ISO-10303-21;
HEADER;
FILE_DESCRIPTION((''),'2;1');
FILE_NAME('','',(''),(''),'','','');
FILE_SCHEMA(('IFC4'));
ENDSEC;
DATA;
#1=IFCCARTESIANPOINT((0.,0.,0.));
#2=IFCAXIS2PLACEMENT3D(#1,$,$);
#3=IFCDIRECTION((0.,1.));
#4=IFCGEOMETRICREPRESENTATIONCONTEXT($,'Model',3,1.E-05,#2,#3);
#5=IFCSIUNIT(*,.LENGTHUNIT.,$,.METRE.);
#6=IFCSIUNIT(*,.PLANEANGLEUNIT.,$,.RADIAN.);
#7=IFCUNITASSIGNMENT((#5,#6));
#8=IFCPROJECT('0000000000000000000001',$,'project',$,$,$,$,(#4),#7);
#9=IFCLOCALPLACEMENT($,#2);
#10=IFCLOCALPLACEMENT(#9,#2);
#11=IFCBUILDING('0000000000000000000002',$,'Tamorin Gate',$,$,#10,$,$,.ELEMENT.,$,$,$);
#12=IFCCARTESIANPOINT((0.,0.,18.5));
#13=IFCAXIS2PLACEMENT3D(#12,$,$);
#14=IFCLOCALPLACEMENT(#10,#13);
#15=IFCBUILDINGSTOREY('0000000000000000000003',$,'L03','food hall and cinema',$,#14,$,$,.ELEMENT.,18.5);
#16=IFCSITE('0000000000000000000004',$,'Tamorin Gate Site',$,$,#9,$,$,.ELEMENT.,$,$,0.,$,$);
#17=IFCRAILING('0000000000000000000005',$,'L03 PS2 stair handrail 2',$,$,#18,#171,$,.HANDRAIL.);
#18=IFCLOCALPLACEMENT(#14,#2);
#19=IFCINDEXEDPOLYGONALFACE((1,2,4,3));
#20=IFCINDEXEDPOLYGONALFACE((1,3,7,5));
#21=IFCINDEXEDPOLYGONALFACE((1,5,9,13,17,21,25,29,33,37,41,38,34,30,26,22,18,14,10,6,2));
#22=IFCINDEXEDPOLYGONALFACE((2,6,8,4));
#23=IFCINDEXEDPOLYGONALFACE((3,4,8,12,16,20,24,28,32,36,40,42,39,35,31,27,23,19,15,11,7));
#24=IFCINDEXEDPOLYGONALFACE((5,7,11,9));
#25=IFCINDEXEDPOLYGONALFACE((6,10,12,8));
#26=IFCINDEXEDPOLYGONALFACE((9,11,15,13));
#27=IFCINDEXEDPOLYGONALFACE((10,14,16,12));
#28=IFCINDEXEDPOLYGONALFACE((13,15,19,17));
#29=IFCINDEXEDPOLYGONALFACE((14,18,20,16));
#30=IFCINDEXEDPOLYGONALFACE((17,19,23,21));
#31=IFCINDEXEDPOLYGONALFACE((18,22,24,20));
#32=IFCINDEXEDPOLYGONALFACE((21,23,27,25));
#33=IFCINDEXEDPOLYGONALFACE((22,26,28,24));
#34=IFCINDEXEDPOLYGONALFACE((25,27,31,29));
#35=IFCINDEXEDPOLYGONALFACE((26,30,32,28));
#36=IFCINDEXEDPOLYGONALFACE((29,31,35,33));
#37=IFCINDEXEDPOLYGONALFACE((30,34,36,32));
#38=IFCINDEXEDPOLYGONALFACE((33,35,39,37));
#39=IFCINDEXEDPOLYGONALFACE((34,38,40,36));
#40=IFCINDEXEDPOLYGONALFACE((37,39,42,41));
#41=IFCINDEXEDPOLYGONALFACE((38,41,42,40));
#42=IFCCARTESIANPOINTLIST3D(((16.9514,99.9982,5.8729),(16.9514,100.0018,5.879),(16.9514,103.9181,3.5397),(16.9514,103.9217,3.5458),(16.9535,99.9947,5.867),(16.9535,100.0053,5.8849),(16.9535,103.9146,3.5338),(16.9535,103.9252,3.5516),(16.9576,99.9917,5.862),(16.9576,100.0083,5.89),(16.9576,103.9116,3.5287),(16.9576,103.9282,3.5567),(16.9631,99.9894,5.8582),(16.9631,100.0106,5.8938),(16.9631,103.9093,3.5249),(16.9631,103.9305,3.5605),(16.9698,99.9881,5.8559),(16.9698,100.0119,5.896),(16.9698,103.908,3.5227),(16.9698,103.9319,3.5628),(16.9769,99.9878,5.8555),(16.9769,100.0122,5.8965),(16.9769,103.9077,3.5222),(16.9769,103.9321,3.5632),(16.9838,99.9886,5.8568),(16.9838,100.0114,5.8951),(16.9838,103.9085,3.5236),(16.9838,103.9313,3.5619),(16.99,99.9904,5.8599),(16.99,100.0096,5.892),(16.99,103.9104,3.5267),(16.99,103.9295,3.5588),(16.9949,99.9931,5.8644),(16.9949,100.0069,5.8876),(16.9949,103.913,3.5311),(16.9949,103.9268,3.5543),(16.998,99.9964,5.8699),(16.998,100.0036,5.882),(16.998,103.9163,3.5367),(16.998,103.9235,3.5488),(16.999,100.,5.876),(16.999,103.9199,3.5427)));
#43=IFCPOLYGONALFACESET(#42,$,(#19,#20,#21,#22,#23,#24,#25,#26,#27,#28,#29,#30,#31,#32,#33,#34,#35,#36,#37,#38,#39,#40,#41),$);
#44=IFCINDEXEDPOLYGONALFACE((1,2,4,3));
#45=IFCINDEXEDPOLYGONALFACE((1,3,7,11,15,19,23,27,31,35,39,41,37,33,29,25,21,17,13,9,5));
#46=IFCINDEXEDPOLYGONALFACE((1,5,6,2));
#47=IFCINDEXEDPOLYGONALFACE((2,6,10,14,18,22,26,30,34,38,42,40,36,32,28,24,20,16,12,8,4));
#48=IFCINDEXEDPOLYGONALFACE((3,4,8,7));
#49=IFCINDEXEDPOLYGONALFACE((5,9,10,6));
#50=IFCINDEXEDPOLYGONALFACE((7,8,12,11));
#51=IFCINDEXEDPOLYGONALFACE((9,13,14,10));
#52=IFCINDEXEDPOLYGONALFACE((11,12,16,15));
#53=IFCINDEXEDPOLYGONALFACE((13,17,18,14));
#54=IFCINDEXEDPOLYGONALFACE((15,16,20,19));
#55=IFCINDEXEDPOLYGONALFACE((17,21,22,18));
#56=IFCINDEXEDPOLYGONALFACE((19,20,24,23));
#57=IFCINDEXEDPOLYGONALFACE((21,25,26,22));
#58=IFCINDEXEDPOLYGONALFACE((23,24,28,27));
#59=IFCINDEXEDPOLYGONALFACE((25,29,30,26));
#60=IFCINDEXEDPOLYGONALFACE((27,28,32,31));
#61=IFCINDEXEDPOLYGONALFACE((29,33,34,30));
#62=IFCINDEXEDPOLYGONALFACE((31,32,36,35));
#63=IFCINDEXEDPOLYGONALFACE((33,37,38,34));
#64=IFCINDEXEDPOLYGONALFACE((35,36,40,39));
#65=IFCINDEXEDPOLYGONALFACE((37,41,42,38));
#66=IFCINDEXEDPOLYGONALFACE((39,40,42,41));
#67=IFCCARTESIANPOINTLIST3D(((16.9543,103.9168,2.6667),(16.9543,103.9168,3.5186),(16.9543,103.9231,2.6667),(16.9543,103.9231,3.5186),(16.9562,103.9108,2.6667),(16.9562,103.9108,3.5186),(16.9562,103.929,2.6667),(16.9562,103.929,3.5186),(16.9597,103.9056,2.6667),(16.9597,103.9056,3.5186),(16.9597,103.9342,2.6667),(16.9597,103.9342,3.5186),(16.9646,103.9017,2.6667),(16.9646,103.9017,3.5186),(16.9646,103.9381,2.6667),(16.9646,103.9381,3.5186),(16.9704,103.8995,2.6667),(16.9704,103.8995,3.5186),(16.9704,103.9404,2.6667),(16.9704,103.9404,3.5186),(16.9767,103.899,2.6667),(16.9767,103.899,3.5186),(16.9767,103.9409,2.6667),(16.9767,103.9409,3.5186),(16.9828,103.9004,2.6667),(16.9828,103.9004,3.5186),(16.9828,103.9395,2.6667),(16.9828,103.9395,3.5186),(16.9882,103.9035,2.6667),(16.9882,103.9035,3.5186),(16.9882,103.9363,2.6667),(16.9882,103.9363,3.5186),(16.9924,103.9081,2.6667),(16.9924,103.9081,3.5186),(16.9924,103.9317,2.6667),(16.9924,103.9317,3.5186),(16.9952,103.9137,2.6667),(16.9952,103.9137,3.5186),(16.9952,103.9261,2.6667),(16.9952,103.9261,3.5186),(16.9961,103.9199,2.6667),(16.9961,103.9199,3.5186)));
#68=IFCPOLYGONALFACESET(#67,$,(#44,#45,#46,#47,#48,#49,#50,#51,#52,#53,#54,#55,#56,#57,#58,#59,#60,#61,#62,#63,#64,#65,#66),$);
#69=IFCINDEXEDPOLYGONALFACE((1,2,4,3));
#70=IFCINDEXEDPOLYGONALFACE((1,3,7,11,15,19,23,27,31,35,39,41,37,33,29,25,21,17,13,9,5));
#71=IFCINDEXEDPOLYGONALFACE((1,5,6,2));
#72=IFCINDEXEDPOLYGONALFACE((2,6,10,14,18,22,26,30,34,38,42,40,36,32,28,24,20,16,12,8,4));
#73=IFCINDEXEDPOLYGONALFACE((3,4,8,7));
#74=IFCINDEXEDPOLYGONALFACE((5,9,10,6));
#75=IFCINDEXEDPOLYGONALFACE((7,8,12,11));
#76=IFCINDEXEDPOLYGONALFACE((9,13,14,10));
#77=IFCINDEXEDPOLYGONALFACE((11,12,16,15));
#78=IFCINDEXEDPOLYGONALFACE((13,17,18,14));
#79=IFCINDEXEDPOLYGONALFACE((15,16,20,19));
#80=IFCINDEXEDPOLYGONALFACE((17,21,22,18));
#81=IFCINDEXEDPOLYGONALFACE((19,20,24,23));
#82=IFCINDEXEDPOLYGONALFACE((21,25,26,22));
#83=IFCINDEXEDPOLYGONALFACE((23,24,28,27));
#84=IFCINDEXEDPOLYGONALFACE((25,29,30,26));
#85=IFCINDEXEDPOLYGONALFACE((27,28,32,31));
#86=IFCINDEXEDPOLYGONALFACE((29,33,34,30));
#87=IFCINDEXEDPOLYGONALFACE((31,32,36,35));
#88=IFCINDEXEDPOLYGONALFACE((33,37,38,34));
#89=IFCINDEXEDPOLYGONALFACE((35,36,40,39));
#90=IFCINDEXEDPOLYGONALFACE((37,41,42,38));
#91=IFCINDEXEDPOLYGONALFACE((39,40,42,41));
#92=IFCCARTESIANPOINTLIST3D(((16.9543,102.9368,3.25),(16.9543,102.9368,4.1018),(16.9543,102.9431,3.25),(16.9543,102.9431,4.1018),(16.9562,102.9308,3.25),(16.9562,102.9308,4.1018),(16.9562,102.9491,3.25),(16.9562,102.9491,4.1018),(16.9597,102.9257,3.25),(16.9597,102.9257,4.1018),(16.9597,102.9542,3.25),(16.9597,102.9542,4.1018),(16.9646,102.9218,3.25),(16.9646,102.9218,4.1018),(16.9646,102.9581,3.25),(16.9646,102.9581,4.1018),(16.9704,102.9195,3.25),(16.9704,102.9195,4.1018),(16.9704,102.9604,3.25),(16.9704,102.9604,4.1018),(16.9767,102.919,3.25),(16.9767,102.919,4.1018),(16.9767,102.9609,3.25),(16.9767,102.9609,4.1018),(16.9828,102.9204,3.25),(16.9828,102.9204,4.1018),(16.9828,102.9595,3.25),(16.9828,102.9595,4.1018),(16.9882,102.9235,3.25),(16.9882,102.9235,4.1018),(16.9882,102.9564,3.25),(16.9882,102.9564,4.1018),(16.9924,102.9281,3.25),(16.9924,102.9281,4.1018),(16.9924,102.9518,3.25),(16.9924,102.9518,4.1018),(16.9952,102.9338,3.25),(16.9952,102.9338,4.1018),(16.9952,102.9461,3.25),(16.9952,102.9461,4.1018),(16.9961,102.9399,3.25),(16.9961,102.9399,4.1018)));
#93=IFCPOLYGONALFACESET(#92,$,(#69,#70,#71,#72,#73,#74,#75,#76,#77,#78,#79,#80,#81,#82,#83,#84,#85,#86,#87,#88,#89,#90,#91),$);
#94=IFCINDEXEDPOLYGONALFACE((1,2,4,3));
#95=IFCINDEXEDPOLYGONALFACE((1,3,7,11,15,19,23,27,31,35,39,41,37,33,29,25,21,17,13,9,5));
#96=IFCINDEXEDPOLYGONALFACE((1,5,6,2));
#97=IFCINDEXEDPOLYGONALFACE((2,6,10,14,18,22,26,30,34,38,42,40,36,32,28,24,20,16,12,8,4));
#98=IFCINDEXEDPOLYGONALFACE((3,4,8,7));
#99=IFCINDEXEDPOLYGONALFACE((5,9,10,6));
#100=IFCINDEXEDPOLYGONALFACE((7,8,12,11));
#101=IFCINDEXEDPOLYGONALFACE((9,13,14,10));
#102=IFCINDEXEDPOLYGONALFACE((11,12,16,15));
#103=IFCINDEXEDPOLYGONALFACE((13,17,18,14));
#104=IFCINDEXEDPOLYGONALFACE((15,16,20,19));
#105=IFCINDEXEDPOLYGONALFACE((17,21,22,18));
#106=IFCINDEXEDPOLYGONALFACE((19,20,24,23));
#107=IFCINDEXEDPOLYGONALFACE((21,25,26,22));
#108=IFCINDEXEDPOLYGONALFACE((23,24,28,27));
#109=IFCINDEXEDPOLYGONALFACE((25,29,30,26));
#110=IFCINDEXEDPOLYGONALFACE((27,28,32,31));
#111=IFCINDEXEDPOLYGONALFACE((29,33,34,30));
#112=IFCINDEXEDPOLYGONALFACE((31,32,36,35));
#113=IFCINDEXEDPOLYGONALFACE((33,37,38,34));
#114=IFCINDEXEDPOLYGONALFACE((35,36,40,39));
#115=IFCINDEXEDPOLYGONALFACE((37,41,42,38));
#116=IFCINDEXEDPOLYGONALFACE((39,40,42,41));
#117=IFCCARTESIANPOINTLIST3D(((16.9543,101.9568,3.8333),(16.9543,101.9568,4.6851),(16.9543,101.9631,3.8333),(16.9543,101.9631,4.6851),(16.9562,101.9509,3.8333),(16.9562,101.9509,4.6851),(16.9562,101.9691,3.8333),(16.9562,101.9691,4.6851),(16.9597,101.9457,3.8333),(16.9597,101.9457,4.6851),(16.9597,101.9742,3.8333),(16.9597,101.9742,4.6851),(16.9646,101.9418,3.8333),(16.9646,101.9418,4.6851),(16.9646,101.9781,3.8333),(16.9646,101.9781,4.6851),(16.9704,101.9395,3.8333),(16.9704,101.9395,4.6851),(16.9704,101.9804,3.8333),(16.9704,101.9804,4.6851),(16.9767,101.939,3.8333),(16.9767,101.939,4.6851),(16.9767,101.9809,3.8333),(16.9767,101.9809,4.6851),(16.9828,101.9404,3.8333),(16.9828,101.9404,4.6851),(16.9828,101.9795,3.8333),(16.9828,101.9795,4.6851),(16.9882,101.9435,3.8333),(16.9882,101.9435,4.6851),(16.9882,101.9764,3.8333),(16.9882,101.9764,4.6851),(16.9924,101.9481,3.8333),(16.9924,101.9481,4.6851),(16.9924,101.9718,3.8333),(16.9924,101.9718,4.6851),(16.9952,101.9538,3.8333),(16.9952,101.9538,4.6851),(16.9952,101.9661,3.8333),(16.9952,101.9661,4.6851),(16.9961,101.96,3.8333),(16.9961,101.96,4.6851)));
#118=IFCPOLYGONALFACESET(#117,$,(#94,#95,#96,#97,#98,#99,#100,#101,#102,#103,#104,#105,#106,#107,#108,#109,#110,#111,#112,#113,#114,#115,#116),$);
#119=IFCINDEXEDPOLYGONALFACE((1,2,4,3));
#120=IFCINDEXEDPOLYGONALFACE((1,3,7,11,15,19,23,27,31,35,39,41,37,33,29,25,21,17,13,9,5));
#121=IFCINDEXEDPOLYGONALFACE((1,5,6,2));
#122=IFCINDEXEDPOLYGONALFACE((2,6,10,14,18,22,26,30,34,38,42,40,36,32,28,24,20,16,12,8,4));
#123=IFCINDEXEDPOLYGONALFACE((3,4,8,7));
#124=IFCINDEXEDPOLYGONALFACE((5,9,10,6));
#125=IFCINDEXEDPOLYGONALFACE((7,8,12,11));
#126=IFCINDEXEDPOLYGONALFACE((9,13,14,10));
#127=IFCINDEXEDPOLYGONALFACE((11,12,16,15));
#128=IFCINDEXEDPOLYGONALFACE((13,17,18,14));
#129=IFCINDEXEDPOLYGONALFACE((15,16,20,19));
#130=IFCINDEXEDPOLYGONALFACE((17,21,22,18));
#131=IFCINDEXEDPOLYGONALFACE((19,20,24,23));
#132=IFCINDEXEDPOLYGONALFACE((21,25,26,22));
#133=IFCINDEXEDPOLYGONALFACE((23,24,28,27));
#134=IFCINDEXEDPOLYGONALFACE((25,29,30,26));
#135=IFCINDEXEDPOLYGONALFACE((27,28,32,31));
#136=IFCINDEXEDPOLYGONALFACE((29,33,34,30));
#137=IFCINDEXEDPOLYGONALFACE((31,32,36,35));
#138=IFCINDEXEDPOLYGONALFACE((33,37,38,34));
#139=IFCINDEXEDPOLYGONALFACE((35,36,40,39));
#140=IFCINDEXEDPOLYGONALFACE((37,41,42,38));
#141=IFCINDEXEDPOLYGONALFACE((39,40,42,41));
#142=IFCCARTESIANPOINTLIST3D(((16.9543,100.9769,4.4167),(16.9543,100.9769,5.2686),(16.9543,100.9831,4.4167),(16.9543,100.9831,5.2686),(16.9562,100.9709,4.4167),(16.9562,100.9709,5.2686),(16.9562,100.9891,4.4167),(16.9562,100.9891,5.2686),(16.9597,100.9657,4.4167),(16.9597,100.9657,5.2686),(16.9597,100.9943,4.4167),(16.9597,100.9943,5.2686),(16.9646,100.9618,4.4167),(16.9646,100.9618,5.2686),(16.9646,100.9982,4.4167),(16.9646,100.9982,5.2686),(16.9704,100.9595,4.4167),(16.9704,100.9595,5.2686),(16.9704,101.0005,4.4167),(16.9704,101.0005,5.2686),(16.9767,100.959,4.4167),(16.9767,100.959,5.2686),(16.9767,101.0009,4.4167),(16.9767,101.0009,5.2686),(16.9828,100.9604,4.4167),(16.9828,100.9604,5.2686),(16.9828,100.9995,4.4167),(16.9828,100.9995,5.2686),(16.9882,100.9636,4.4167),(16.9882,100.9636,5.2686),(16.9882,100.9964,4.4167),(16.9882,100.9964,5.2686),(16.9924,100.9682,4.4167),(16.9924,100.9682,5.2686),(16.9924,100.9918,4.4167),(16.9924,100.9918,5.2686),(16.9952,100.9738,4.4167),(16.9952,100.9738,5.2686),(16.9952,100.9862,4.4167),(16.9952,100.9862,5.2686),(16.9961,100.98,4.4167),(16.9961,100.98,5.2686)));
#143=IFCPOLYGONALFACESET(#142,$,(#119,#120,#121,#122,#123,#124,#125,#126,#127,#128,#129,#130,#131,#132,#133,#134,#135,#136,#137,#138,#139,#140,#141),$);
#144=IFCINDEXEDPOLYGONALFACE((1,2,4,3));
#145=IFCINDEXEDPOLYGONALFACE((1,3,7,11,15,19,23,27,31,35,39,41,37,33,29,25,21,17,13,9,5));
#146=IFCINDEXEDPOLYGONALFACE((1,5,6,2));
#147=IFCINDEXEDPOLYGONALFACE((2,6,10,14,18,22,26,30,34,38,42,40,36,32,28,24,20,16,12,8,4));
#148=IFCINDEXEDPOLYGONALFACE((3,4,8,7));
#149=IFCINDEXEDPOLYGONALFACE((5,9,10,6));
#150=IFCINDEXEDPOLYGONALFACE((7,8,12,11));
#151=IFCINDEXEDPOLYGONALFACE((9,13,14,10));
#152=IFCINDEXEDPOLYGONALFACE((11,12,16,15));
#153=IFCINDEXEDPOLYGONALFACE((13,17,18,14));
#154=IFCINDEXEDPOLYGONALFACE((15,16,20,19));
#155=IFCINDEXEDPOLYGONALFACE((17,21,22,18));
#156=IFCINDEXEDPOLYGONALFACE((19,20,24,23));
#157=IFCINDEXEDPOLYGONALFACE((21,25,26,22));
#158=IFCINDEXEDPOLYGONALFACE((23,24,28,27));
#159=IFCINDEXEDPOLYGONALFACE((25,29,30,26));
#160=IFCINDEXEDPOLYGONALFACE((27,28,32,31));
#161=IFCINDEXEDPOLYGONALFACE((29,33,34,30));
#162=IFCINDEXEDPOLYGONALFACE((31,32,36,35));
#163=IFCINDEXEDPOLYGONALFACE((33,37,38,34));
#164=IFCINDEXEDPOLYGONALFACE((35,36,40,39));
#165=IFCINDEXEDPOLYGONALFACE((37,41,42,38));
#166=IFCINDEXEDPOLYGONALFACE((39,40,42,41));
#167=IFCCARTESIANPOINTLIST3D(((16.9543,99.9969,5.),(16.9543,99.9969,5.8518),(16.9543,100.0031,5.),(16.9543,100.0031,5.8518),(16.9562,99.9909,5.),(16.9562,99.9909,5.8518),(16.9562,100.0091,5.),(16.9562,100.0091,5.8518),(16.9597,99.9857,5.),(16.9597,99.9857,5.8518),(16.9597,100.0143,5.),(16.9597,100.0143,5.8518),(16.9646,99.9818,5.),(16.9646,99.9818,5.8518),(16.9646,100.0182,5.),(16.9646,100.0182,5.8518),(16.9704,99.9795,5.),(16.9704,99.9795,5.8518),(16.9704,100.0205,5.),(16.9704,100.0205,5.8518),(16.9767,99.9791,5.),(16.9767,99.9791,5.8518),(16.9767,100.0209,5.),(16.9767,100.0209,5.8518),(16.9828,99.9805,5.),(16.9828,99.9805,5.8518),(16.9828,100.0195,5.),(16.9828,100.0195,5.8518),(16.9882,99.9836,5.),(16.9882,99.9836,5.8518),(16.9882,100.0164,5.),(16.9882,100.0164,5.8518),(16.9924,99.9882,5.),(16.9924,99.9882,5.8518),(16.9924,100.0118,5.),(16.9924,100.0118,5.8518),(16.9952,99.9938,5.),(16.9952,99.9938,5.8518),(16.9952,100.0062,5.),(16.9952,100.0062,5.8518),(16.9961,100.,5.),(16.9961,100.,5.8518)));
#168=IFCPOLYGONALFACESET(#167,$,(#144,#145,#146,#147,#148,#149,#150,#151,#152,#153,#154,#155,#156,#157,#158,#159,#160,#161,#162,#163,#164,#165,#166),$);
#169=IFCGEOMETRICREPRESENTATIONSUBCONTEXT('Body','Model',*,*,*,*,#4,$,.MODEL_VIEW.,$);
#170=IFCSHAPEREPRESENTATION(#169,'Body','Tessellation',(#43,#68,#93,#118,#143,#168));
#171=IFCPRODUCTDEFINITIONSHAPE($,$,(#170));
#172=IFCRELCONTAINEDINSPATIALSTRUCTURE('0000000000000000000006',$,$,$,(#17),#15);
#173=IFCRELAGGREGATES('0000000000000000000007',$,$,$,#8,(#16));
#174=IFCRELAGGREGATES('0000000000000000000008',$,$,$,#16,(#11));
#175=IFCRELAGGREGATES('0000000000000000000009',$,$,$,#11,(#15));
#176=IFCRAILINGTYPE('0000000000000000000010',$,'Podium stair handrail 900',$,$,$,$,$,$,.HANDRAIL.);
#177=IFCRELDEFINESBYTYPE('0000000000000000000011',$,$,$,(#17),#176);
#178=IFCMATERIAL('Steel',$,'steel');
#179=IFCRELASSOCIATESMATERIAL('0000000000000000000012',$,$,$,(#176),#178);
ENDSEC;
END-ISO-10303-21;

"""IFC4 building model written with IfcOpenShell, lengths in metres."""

from ifc_helpers import new_model, si_unit, direction, frame, origin, origin_2d, place, context, subcontext, project, spatial, circle, extrude, material, type_object, element, save


model = new_model("IFC4")

# Units and contexts
model_context = context("Model", 3, precision=1e-05, world=origin(), true_north=direction((0.0, 1.0)))
body_context = subcontext(model_context, "Body", "Model", "MODEL_VIEW")
ifc_project = project(units=[si_unit("LENGTHUNIT", "METRE"), si_unit("PLANEANGLEUNIT", "RADIAN")], contexts=[model_context])

# Site, building, storey
site_placement = place(None, origin())
site = spatial("IfcSite", under=ifc_project, at=site_placement, Name="Tamorin Gate Site", CompositionType="ELEMENT", RefElevation=0.0)
building_placement = place(site_placement, origin())
building = spatial("IfcBuilding", under=site, at=building_placement, Name="Tamorin Gate", CompositionType="ELEMENT")
storey_placement = place(building_placement, frame((0.0, 0.0, 18.5)))
storey = spatial("IfcBuildingStorey", under=building, at=storey_placement, Name="L03", Description="food hall and cinema", CompositionType="ELEMENT", Elevation=18.5)

# Railing
ifc_material_1 = material(Name="Steel", Category="steel")
railing_type_1 = type_object("IfcRailingType", Name="Podium stair handrail 900", PredefinedType="HANDRAIL", material=ifc_material_1)
railing_1_placement = place(storey_placement, frame((16.9751, 103.9199, 2.6667)))
element("IfcRailing", 1, at=railing_1_placement, inside=storey, type_object=railing_type_1, Name="L03 PS2 stair handrail 2", PredefinedType="HANDRAIL", context=body_context, shape_type="SweptSolid", body=[
    extrude(circle(Radius=0.0239, at=origin_2d()), frame((0.0, 0.0, 0.876), z_axis=(0.0, -0.859296, 0.511478), x_axis=(1.0, 0.0, 0.0)), (0.0, 0.0, 1.0), 4.5618),
    extrude(circle(Radius=0.021, at=origin_2d()), origin(), (0.0, 0.0, 1.0), 0.8518),
    extrude(circle(Radius=0.021, at=origin_2d()), frame((0.0, -0.98, 0.5833)), (0.0, 0.0, 1.0), 0.8518),
    extrude(circle(Radius=0.021, at=origin_2d()), frame((0.0, -1.96, 1.1665)), (0.0, 0.0, 1.0), 0.8518),
    extrude(circle(Radius=0.021, at=origin_2d()), frame((0.0, -2.9399, 1.75)), (0.0, 0.0, 1.0), 0.8518),
    extrude(circle(Radius=0.021, at=origin_2d()), frame((0.0, -3.9199, 2.3333)), (0.0, 0.0, 1.0), 0.8518),
])

save(model, "model.ifc")
